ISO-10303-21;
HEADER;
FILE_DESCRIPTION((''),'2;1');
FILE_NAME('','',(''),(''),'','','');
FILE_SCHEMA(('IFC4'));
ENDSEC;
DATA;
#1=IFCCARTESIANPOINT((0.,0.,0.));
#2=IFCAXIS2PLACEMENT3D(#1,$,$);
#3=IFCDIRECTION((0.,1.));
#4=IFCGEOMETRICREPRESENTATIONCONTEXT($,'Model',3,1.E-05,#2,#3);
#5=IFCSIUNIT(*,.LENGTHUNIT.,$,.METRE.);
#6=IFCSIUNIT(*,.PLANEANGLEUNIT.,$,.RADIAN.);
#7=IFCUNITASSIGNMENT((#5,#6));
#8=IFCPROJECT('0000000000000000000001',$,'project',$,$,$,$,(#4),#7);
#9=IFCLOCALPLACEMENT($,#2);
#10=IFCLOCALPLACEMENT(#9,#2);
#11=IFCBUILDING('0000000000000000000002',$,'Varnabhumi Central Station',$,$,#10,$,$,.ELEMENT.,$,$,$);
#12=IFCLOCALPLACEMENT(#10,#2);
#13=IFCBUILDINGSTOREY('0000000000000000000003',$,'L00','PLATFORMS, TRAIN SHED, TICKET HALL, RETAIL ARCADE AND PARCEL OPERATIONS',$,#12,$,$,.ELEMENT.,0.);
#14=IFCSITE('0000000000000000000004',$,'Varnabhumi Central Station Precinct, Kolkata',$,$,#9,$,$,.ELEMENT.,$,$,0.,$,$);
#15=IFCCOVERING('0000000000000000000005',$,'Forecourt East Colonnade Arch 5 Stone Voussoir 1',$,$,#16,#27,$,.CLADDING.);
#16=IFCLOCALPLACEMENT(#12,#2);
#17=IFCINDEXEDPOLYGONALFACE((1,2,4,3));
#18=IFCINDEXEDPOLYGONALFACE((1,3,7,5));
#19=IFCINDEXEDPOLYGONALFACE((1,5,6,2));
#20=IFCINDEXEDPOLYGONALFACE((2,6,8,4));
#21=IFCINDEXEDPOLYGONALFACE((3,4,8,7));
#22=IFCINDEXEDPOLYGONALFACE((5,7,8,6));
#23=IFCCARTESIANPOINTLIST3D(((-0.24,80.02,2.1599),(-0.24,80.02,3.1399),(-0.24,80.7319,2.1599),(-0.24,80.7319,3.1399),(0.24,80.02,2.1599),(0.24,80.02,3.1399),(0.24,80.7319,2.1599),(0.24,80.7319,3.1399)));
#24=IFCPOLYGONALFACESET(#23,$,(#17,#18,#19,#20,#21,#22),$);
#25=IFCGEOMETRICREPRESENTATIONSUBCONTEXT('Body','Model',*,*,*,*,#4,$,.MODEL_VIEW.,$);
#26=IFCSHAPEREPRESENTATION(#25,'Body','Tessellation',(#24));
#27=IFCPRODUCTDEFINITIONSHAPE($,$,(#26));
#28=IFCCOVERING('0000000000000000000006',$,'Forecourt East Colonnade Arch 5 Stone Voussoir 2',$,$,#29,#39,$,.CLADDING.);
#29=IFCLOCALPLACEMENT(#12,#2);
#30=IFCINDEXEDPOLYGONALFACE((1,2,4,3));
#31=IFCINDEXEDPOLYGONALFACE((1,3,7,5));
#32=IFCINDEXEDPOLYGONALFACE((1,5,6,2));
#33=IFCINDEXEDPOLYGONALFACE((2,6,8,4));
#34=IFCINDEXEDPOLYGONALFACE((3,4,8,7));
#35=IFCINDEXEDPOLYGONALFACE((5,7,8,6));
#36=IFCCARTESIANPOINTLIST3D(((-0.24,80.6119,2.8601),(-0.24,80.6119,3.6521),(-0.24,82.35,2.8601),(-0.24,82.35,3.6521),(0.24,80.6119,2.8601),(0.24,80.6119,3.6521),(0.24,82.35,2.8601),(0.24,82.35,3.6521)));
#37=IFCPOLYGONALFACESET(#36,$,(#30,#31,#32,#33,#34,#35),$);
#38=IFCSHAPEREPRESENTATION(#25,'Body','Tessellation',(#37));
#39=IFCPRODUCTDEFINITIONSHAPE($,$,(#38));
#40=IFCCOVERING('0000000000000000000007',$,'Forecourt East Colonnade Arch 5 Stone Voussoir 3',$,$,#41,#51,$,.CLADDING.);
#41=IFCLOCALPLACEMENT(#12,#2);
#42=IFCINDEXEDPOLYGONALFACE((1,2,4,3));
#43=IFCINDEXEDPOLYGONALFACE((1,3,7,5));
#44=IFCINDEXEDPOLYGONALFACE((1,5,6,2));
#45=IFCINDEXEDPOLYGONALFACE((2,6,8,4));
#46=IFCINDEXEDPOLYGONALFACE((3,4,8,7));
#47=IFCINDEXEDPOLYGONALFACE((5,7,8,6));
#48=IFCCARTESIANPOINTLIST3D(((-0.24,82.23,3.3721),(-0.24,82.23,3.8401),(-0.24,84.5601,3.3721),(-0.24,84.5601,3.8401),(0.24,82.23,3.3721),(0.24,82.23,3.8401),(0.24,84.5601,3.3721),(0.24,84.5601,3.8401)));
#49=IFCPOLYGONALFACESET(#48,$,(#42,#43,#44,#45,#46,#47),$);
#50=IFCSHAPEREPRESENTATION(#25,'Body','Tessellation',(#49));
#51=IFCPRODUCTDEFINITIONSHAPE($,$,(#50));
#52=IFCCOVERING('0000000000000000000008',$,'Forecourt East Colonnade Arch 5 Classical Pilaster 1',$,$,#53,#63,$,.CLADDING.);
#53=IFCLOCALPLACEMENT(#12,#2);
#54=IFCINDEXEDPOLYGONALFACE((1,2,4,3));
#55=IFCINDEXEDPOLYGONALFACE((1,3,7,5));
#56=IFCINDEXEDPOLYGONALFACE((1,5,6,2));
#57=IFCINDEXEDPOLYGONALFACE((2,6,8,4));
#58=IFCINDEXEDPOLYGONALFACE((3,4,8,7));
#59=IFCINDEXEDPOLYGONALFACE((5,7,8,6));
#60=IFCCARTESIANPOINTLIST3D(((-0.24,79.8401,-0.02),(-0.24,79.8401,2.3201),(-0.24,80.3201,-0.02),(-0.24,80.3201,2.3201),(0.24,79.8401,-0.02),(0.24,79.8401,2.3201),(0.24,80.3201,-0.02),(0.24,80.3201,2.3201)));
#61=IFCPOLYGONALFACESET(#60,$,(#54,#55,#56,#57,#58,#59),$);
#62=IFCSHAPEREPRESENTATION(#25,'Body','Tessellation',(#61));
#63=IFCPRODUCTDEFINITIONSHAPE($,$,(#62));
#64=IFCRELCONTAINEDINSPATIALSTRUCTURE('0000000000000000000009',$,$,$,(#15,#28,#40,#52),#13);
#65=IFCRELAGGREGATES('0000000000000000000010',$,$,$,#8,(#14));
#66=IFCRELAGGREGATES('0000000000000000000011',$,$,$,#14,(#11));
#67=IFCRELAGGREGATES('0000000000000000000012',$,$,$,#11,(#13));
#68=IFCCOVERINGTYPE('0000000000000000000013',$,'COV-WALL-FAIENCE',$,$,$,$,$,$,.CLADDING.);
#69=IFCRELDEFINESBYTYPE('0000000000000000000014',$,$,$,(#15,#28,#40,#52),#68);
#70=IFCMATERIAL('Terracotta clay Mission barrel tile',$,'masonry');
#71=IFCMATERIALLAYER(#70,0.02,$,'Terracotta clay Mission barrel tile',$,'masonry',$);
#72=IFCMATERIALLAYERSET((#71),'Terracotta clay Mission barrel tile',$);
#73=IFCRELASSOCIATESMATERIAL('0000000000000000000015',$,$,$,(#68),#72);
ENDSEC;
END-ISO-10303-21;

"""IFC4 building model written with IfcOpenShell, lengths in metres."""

from ifc_helpers import new_model, si_unit, direction, frame, origin, origin_2d, place, context, subcontext, project, spatial, rectangle, extrude, material, layer, layer_set, type_object, element, save


model = new_model("IFC4")

# Units and contexts
model_context = context("Model", 3, precision=1e-05, world=origin(), true_north=direction((0.0, 1.0)))
body_context = subcontext(model_context, "Body", "Model", "MODEL_VIEW")
ifc_project = project(units=[si_unit("LENGTHUNIT", "METRE"), si_unit("PLANEANGLEUNIT", "RADIAN")], contexts=[model_context])

# Site, building, storey
site_placement = place(None, origin())
site = spatial("IfcSite", under=ifc_project, at=site_placement, Name="Varnabhumi Central Station Precinct, Kolkata", CompositionType="ELEMENT", RefElevation=0.0)
building_placement = place(site_placement, origin())
building = spatial("IfcBuilding", under=site, at=building_placement, Name="Varnabhumi Central Station", CompositionType="ELEMENT")
storey_placement = place(building_placement, origin())
storey = spatial("IfcBuildingStorey", under=building, at=storey_placement, Name="L00", Description="PLATFORMS, TRAIN SHED, TICKET HALL, RETAIL ARCADE AND PARCEL OPERATIONS", CompositionType="ELEMENT", Elevation=0.0)

# Coverings
ifc_material_1 = material(Name="Terracotta clay Mission barrel tile", Category="masonry")
ifc_layer_1 = layer(ifc_material_1, 0.02, Name="Terracotta clay Mission barrel tile", Category="masonry")
ifc_layer_set_1 = layer_set([ifc_layer_1], Name="Terracotta clay Mission barrel tile")
covering_type = type_object("IfcCoveringType", Name="COV-WALL-FAIENCE", PredefinedType="CLADDING", material=ifc_layer_set_1)
covering_1_placement = place(storey_placement, frame((0.0, 80.376, 2.1599), z_axis=(0.0, 0.0, 1.0), x_axis=(0.0, 1.0, 0.0)))
element("IfcCovering", 1, at=covering_1_placement, inside=storey, type_object=covering_type, Name="Forecourt East Colonnade Arch 5 Stone Voussoir 1", PredefinedType="CLADDING", context=body_context, shape_type="SweptSolid", body=[
    extrude(rectangle(XDim=0.7119, YDim=0.48, at=origin_2d()), origin(), (0.0, 0.0, 1.0), 0.98),
])
covering_2_placement = place(storey_placement, frame((0.0, 81.481, 2.8601), z_axis=(0.0, 0.0, 1.0), x_axis=(0.0, 1.0, 0.0)))
element("IfcCovering", 2, at=covering_2_placement, inside=storey, type_object=covering_type, Name="Forecourt East Colonnade Arch 5 Stone Voussoir 2", PredefinedType="CLADDING", context=body_context, shape_type="SweptSolid", body=[
    extrude(rectangle(XDim=1.738, YDim=0.48, at=origin_2d()), origin(), (0.0, 0.0, 1.0), 0.792),
])
covering_3_placement = place(storey_placement, frame((0.0, 83.395, 3.3721), z_axis=(0.0, 0.0, 1.0), x_axis=(0.0, 1.0, 0.0)))
element("IfcCovering", 3, at=covering_3_placement, inside=storey, type_object=covering_type, Name="Forecourt East Colonnade Arch 5 Stone Voussoir 3", PredefinedType="CLADDING", context=body_context, shape_type="SweptSolid", body=[
    extrude(rectangle(XDim=2.3301, YDim=0.48, at=origin_2d()), origin(), (0.0, 0.0, 1.0), 0.468),
])
covering_4_placement = place(storey_placement, frame((0.0, 80.0801, -0.02), z_axis=(0.0, 0.0, 1.0), x_axis=(1.0, 0.0, 0.0)))
element("IfcCovering", 4, at=covering_4_placement, inside=storey, type_object=covering_type, Name="Forecourt East Colonnade Arch 5 Classical Pilaster 1", PredefinedType="CLADDING", context=body_context, shape_type="SweptSolid", body=[
    extrude(rectangle(XDim=0.48, YDim=0.48, at=origin_2d()), origin(), (0.0, 0.0, 1.0), 2.3401),
])

save(model, "model.ifc")
